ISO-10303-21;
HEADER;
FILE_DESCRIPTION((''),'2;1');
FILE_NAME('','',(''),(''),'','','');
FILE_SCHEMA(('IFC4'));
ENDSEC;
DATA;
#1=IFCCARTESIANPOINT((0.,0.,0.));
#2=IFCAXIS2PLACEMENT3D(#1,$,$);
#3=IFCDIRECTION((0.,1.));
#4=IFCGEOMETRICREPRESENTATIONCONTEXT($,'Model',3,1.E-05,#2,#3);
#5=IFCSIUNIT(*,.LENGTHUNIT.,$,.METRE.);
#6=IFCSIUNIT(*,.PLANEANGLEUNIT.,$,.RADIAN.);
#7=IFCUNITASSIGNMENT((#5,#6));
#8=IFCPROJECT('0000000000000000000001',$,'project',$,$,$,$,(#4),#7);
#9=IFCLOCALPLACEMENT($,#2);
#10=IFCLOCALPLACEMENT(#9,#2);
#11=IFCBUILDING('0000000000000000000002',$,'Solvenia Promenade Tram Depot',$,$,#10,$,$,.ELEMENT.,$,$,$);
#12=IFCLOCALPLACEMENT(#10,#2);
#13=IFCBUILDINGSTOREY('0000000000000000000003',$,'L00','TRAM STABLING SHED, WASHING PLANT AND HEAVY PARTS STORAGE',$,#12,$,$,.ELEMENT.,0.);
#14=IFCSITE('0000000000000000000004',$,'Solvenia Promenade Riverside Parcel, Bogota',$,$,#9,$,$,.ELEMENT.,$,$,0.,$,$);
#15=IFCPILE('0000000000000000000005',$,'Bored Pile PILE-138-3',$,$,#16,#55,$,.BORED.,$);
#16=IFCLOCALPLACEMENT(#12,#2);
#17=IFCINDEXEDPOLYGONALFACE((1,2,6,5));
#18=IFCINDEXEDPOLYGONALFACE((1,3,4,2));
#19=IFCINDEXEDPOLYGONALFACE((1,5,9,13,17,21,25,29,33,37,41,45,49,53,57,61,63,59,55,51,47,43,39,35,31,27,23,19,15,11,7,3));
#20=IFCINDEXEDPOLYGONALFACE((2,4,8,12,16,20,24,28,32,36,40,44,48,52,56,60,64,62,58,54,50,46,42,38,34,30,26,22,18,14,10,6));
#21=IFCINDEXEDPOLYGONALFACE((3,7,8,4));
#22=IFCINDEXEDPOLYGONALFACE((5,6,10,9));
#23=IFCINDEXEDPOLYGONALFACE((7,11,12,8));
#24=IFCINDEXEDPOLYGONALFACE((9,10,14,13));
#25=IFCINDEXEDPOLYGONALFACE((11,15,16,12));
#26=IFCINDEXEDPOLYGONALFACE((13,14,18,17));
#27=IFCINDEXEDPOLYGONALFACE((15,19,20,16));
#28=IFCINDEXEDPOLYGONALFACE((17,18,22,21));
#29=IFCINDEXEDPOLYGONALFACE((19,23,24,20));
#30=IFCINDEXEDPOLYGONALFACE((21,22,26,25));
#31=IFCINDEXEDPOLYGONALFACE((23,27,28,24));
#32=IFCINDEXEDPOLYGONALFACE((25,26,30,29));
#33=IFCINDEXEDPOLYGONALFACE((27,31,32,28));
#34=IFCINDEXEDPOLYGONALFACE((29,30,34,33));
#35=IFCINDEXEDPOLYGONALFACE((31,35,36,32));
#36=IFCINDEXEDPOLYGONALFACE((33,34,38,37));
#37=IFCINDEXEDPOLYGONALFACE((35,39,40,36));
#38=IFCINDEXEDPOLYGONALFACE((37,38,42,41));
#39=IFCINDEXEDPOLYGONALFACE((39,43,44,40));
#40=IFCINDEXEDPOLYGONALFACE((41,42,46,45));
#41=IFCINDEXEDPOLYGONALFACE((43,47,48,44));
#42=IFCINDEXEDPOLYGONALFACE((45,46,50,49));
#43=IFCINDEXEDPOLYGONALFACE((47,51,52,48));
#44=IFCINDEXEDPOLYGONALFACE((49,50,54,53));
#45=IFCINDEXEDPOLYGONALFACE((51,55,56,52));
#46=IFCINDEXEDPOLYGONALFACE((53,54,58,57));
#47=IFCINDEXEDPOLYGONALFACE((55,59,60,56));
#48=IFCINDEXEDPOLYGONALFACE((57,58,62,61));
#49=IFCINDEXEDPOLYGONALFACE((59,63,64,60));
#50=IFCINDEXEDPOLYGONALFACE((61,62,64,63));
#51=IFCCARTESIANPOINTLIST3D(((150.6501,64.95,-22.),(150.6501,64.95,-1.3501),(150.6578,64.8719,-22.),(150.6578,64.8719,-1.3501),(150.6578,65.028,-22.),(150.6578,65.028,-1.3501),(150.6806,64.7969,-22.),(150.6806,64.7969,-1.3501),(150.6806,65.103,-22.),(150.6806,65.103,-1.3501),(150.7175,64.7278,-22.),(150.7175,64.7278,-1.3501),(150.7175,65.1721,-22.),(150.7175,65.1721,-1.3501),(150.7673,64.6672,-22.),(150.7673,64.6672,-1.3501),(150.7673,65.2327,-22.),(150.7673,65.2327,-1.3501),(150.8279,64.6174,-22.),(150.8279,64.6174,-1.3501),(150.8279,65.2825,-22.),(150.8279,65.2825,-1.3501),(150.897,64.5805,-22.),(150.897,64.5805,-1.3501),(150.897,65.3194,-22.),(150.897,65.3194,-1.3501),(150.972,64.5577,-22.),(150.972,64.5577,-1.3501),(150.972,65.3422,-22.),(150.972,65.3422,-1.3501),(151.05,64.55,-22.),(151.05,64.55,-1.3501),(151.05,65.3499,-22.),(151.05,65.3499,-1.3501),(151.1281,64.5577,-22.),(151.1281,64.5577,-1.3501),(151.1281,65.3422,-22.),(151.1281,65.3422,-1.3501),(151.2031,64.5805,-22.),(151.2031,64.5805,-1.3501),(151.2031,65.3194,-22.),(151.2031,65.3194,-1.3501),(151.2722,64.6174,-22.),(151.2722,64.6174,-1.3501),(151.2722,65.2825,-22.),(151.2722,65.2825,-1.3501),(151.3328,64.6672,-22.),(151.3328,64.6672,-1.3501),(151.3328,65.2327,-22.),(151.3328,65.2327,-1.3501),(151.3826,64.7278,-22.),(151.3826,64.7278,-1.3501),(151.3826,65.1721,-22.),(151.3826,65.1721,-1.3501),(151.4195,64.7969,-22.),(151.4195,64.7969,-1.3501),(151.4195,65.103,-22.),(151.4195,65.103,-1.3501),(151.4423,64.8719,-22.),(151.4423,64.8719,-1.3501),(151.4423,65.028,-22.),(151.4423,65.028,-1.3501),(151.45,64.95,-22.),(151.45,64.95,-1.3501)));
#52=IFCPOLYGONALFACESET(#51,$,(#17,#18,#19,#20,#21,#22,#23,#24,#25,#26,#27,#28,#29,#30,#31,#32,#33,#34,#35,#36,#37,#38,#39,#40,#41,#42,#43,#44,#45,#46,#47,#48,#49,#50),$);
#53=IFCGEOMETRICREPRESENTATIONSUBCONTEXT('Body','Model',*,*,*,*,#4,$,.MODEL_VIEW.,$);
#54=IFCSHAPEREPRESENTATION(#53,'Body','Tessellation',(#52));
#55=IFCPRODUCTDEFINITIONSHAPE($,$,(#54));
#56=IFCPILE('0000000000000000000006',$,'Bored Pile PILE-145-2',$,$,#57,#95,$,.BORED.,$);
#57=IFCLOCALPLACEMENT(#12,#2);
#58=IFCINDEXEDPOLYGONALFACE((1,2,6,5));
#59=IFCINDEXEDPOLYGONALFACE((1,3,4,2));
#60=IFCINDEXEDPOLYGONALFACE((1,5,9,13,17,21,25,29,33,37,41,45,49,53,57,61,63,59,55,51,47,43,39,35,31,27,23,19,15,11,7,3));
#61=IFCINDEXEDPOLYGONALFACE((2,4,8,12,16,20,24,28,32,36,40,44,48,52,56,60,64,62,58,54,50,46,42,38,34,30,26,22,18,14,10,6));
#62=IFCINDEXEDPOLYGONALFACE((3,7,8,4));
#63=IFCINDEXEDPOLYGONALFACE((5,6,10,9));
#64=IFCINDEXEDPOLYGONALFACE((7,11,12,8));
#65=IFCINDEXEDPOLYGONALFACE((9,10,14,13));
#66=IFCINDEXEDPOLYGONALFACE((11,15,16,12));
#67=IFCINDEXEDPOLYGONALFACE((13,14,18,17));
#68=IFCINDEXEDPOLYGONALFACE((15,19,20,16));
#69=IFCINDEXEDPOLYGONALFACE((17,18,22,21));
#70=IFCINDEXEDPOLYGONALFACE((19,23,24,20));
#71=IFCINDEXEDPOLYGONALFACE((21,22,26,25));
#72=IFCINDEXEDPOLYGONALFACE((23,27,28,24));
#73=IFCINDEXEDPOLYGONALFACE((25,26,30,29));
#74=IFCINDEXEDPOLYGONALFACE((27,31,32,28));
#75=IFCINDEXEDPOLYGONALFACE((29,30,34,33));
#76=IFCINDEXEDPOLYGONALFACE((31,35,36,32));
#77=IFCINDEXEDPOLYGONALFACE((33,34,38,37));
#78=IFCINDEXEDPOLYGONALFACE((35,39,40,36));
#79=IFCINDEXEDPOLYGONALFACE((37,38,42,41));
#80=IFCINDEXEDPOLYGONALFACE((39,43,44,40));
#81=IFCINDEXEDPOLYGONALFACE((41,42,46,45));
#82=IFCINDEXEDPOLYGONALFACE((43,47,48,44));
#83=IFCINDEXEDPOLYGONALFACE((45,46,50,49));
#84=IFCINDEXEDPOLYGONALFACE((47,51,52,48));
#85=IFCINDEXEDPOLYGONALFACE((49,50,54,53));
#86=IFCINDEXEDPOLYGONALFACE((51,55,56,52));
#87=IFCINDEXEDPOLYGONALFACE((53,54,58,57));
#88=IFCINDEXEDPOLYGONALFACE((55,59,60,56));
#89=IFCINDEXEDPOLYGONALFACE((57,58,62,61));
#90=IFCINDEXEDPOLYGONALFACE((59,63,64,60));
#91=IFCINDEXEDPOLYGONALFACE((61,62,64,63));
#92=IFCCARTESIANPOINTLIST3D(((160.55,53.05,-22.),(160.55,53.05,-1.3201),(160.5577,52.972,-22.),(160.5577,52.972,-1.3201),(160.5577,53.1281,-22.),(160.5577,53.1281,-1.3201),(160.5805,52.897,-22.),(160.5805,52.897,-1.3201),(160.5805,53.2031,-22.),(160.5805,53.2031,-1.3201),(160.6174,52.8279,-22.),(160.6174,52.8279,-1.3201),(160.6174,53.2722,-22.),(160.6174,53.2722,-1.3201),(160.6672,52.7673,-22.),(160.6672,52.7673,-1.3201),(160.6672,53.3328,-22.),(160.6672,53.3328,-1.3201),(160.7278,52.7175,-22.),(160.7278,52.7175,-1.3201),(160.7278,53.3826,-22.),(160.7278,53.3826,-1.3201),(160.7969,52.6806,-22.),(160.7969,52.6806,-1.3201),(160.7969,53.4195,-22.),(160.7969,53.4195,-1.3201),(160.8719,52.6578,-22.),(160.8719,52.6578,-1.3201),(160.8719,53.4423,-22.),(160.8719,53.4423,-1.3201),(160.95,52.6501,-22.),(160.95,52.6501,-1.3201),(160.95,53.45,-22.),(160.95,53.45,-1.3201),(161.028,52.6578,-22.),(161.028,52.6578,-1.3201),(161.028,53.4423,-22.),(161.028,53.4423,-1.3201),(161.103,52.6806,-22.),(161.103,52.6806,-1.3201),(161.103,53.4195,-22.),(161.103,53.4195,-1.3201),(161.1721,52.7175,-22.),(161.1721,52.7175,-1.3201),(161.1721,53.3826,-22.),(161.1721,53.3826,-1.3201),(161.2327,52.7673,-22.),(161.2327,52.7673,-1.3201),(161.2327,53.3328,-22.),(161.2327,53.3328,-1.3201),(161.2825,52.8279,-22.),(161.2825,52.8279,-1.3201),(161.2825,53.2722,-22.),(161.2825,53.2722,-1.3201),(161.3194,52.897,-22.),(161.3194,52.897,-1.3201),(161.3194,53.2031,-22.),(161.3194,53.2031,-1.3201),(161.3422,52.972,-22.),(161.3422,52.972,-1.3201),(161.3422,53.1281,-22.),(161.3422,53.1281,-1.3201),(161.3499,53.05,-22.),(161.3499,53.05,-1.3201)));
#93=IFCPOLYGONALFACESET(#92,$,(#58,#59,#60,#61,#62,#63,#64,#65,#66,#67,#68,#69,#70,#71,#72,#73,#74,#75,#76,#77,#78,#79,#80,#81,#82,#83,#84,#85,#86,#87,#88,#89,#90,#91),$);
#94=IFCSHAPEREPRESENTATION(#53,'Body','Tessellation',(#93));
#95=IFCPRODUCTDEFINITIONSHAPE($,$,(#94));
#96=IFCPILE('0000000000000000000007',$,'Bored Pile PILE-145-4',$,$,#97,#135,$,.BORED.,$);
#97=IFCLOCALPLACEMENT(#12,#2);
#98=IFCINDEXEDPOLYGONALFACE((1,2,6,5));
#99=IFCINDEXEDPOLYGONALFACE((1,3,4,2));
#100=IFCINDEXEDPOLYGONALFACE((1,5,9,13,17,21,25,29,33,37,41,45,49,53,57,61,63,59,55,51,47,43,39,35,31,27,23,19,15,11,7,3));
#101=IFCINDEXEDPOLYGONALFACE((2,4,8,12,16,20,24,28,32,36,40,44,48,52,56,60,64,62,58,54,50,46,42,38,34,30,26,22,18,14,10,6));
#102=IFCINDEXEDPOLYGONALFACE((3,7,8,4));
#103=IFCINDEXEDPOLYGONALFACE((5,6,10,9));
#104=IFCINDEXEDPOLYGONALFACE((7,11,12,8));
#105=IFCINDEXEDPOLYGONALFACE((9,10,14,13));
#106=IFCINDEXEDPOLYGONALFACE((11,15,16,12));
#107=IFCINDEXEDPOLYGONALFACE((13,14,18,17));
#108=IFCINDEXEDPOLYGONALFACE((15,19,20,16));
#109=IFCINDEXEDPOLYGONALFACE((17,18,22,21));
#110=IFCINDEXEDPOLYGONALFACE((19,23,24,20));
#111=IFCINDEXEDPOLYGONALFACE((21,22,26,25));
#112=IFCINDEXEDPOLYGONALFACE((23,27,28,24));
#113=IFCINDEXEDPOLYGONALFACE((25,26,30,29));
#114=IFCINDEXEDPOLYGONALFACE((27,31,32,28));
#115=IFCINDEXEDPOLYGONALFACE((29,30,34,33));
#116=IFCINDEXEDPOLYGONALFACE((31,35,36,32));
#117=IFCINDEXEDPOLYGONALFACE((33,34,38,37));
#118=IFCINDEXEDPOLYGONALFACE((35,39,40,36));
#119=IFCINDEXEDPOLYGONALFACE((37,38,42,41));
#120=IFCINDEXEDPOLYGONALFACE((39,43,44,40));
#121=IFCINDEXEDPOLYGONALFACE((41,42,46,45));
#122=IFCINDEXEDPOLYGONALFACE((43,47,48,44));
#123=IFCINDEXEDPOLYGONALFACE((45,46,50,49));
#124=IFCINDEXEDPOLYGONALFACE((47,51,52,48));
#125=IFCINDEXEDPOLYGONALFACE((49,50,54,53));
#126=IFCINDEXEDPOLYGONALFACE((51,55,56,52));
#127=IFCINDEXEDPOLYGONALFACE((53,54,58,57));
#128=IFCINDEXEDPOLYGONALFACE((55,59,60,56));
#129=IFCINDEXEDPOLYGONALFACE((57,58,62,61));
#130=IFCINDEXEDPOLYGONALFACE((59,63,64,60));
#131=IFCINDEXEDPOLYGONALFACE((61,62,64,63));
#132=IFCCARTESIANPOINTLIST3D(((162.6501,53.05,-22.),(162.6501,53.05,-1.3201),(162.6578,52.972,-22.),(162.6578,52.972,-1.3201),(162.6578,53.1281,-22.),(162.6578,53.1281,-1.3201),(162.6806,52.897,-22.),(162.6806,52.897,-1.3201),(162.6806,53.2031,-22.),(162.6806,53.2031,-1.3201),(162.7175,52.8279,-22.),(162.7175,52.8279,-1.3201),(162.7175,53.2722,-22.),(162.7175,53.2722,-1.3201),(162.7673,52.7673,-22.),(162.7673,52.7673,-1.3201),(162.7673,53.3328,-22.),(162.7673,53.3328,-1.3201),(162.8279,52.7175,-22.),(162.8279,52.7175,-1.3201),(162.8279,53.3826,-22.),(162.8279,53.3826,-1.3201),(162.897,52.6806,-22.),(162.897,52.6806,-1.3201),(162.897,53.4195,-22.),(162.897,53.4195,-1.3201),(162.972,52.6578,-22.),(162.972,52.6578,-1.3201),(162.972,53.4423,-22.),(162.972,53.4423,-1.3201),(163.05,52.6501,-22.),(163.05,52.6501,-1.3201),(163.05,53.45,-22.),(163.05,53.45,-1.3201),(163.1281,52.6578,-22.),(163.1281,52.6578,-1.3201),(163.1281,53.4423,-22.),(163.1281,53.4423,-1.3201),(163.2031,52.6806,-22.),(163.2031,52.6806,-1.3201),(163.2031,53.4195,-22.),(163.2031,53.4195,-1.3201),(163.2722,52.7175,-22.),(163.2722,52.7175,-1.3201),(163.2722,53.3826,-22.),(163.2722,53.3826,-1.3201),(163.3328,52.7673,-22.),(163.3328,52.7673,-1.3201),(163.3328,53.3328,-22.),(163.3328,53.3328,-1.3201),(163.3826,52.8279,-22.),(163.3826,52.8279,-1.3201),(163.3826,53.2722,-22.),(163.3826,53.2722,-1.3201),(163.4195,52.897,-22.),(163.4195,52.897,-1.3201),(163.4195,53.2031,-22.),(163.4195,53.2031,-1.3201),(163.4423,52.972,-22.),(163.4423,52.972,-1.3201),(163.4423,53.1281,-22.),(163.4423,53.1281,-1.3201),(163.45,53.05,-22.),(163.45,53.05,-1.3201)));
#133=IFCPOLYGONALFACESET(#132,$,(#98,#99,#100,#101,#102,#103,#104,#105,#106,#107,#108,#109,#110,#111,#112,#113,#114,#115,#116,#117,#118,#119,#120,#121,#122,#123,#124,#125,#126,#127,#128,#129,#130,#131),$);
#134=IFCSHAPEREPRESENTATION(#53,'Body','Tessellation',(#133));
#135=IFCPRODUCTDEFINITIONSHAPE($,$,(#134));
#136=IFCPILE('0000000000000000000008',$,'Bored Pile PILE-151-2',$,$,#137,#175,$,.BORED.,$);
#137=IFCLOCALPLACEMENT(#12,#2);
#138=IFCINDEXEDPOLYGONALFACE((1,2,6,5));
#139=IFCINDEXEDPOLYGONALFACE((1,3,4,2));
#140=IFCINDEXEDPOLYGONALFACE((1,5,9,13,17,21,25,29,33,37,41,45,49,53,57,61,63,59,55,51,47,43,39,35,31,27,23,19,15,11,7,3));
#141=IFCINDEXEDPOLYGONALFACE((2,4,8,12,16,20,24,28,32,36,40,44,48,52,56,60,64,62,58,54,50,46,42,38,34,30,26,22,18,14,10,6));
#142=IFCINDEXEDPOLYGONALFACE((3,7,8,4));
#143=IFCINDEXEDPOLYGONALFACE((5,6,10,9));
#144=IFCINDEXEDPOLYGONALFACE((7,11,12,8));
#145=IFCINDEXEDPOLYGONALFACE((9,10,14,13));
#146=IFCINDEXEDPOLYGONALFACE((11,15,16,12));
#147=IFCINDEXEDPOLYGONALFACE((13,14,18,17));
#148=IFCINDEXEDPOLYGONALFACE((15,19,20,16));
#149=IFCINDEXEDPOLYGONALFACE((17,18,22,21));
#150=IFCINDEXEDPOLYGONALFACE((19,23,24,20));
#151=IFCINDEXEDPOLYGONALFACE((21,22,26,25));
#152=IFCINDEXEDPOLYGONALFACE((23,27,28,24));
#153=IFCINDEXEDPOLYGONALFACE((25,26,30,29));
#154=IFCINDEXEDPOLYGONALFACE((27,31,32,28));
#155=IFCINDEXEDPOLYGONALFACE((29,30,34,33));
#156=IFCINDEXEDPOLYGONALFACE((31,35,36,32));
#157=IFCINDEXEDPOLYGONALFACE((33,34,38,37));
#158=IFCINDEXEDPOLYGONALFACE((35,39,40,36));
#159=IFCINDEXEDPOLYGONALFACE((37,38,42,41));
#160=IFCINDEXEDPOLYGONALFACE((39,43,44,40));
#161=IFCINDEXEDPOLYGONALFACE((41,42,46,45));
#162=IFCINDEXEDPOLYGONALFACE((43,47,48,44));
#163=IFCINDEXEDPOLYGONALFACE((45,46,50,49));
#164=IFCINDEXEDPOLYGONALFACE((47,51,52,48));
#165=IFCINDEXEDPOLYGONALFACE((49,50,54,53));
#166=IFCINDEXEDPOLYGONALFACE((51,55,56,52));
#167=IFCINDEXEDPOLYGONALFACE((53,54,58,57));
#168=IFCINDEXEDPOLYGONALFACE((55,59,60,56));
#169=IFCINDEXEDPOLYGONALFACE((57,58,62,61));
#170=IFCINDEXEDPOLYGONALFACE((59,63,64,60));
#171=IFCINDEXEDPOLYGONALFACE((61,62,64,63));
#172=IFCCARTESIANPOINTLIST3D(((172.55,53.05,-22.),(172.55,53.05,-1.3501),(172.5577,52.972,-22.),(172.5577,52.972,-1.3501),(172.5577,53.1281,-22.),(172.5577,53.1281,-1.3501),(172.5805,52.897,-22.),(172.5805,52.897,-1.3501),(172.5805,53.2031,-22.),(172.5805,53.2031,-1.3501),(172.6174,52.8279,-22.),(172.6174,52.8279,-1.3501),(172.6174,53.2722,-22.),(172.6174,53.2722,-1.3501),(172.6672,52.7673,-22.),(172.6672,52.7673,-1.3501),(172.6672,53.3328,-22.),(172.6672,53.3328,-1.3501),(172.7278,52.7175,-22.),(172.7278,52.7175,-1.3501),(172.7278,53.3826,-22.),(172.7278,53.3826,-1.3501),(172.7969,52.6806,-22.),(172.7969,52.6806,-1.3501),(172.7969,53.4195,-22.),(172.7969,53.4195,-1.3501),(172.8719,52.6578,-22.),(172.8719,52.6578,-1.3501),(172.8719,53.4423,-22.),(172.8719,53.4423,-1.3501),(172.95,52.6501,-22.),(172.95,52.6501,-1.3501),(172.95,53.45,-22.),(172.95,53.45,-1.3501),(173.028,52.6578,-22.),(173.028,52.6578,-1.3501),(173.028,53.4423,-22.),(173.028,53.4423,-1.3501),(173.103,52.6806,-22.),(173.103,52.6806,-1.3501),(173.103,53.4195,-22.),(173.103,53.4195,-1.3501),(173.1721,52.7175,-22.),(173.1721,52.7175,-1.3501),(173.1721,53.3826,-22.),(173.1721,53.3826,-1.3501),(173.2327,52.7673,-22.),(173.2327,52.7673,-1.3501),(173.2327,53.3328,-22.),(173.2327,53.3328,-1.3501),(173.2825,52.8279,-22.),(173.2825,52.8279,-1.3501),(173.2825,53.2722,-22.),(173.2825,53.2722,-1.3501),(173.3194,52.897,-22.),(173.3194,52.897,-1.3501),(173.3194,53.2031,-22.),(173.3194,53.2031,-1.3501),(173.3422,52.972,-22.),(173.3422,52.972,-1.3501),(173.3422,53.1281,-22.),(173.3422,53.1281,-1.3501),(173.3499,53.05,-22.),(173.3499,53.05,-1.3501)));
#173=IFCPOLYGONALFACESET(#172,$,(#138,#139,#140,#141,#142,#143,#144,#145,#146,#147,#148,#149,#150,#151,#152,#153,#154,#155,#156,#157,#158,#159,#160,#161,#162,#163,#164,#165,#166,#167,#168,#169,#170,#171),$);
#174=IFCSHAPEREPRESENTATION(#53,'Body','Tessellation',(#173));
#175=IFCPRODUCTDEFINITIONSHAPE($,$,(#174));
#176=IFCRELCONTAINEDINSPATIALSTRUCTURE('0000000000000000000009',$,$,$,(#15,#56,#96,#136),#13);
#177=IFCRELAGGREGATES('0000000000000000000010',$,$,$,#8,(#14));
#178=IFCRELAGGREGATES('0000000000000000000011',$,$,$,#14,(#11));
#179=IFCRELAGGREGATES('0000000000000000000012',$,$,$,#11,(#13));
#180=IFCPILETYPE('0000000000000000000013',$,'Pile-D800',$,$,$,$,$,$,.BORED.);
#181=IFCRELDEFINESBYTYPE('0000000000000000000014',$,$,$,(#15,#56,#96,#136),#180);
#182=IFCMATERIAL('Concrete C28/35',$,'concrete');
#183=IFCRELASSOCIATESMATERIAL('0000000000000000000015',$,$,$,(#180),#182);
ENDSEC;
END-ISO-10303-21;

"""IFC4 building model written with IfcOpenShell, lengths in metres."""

from ifc_helpers import new_model, si_unit, direction, frame, origin, origin_2d, place, context, subcontext, project, spatial, circle, extrude, material, material_profile, profile_set, type_object, element, save


model = new_model("IFC4")

# Units and contexts
model_context = context("Model", 3, precision=1e-05, world=origin(), true_north=direction((0.0, 1.0)))
body_context = subcontext(model_context, "Body", "Model", "MODEL_VIEW")
ifc_project = project(units=[si_unit("LENGTHUNIT", "METRE"), si_unit("PLANEANGLEUNIT", "RADIAN")], contexts=[model_context])

# Site, building, storey
site_placement = place(None, origin())
site = spatial("IfcSite", under=ifc_project, at=site_placement, Name="Solvenia Promenade Riverside Parcel, Bogota", CompositionType="ELEMENT", RefElevation=0.0)
building_placement = place(site_placement, origin())
building = spatial("IfcBuilding", under=site, at=building_placement, Name="Solvenia Promenade Tram Depot", CompositionType="ELEMENT")
storey_placement = place(building_placement, origin())
storey = spatial("IfcBuildingStorey", under=building, at=storey_placement, Name="L00", Description="TRAM STABLING SHED, WASHING PLANT AND HEAVY PARTS STORAGE", CompositionType="ELEMENT", Elevation=0.0)

# Shared definitions
ifc_material_1 = material(Name="Concrete C28/35", Category="concrete")

# Piles
ifc_material_profile_1 = material_profile(ifc_material_1, circle(Radius=0.3999, at=origin_2d()), Name="D800", Category="concrete")
ifc_profile_set_1 = profile_set([ifc_material_profile_1], Name="Concrete C28/35")
pile_type_1 = type_object("IfcPileType", Name="Pile-D800", PredefinedType="BORED", material=ifc_profile_set_1)
pile_1_placement = place(storey_placement, frame((151.05, 64.95, -1.3501), z_axis=(0.0, 0.0, -1.0), x_axis=(1.0, 0.0, 0.0)))
element("IfcPile", 1, at=pile_1_placement, inside=storey, type_object=pile_type_1, Name="Bored Pile PILE-138-3", PredefinedType="BORED", context=body_context, shape_type="SweptSolid", body=[
    extrude(circle(Radius=0.3999, at=origin_2d()), origin(), (0.0, 0.0, 1.0), 20.6499),
])
for number, where, z_axis, x_axis, name in (
    (2, (160.95, 53.05, -1.3201), (0.0, 0.0, -1.0), (1.0, 0.0, 0.0), "Bored Pile PILE-145-2"),
    (3, (163.05, 53.05, -1.3201), (0.0, 0.0, -1.0), (1.0, 0.0, 0.0), "Bored Pile PILE-145-4"),
):
    element("IfcPile", number, at=place(storey_placement, frame(where, z_axis=z_axis, x_axis=x_axis)), inside=storey, type_object=pile_type_1, Name=name, PredefinedType="BORED", context=body_context, shape_type="SweptSolid", body=[
        extrude(circle(Radius=0.3999, at=origin_2d()), origin(), (0.0, 0.0, 1.0), 20.6799),
    ])
for number, where, z_axis, x_axis, name in (
    (4, (172.95, 53.05, -1.3501), (0.0, 0.0, -1.0), (1.0, 0.0, 0.0), "Bored Pile PILE-151-2"),
):
    element("IfcPile", number, at=place(storey_placement, frame(where, z_axis=z_axis, x_axis=x_axis)), inside=storey, type_object=pile_type_1, Name=name, PredefinedType="BORED", context=body_context, shape_type="SweptSolid", body=[
        extrude(circle(Radius=0.3999, at=origin_2d()), origin(), (0.0, 0.0, 1.0), 20.6499),
    ])

save(model, "model.ifc")
